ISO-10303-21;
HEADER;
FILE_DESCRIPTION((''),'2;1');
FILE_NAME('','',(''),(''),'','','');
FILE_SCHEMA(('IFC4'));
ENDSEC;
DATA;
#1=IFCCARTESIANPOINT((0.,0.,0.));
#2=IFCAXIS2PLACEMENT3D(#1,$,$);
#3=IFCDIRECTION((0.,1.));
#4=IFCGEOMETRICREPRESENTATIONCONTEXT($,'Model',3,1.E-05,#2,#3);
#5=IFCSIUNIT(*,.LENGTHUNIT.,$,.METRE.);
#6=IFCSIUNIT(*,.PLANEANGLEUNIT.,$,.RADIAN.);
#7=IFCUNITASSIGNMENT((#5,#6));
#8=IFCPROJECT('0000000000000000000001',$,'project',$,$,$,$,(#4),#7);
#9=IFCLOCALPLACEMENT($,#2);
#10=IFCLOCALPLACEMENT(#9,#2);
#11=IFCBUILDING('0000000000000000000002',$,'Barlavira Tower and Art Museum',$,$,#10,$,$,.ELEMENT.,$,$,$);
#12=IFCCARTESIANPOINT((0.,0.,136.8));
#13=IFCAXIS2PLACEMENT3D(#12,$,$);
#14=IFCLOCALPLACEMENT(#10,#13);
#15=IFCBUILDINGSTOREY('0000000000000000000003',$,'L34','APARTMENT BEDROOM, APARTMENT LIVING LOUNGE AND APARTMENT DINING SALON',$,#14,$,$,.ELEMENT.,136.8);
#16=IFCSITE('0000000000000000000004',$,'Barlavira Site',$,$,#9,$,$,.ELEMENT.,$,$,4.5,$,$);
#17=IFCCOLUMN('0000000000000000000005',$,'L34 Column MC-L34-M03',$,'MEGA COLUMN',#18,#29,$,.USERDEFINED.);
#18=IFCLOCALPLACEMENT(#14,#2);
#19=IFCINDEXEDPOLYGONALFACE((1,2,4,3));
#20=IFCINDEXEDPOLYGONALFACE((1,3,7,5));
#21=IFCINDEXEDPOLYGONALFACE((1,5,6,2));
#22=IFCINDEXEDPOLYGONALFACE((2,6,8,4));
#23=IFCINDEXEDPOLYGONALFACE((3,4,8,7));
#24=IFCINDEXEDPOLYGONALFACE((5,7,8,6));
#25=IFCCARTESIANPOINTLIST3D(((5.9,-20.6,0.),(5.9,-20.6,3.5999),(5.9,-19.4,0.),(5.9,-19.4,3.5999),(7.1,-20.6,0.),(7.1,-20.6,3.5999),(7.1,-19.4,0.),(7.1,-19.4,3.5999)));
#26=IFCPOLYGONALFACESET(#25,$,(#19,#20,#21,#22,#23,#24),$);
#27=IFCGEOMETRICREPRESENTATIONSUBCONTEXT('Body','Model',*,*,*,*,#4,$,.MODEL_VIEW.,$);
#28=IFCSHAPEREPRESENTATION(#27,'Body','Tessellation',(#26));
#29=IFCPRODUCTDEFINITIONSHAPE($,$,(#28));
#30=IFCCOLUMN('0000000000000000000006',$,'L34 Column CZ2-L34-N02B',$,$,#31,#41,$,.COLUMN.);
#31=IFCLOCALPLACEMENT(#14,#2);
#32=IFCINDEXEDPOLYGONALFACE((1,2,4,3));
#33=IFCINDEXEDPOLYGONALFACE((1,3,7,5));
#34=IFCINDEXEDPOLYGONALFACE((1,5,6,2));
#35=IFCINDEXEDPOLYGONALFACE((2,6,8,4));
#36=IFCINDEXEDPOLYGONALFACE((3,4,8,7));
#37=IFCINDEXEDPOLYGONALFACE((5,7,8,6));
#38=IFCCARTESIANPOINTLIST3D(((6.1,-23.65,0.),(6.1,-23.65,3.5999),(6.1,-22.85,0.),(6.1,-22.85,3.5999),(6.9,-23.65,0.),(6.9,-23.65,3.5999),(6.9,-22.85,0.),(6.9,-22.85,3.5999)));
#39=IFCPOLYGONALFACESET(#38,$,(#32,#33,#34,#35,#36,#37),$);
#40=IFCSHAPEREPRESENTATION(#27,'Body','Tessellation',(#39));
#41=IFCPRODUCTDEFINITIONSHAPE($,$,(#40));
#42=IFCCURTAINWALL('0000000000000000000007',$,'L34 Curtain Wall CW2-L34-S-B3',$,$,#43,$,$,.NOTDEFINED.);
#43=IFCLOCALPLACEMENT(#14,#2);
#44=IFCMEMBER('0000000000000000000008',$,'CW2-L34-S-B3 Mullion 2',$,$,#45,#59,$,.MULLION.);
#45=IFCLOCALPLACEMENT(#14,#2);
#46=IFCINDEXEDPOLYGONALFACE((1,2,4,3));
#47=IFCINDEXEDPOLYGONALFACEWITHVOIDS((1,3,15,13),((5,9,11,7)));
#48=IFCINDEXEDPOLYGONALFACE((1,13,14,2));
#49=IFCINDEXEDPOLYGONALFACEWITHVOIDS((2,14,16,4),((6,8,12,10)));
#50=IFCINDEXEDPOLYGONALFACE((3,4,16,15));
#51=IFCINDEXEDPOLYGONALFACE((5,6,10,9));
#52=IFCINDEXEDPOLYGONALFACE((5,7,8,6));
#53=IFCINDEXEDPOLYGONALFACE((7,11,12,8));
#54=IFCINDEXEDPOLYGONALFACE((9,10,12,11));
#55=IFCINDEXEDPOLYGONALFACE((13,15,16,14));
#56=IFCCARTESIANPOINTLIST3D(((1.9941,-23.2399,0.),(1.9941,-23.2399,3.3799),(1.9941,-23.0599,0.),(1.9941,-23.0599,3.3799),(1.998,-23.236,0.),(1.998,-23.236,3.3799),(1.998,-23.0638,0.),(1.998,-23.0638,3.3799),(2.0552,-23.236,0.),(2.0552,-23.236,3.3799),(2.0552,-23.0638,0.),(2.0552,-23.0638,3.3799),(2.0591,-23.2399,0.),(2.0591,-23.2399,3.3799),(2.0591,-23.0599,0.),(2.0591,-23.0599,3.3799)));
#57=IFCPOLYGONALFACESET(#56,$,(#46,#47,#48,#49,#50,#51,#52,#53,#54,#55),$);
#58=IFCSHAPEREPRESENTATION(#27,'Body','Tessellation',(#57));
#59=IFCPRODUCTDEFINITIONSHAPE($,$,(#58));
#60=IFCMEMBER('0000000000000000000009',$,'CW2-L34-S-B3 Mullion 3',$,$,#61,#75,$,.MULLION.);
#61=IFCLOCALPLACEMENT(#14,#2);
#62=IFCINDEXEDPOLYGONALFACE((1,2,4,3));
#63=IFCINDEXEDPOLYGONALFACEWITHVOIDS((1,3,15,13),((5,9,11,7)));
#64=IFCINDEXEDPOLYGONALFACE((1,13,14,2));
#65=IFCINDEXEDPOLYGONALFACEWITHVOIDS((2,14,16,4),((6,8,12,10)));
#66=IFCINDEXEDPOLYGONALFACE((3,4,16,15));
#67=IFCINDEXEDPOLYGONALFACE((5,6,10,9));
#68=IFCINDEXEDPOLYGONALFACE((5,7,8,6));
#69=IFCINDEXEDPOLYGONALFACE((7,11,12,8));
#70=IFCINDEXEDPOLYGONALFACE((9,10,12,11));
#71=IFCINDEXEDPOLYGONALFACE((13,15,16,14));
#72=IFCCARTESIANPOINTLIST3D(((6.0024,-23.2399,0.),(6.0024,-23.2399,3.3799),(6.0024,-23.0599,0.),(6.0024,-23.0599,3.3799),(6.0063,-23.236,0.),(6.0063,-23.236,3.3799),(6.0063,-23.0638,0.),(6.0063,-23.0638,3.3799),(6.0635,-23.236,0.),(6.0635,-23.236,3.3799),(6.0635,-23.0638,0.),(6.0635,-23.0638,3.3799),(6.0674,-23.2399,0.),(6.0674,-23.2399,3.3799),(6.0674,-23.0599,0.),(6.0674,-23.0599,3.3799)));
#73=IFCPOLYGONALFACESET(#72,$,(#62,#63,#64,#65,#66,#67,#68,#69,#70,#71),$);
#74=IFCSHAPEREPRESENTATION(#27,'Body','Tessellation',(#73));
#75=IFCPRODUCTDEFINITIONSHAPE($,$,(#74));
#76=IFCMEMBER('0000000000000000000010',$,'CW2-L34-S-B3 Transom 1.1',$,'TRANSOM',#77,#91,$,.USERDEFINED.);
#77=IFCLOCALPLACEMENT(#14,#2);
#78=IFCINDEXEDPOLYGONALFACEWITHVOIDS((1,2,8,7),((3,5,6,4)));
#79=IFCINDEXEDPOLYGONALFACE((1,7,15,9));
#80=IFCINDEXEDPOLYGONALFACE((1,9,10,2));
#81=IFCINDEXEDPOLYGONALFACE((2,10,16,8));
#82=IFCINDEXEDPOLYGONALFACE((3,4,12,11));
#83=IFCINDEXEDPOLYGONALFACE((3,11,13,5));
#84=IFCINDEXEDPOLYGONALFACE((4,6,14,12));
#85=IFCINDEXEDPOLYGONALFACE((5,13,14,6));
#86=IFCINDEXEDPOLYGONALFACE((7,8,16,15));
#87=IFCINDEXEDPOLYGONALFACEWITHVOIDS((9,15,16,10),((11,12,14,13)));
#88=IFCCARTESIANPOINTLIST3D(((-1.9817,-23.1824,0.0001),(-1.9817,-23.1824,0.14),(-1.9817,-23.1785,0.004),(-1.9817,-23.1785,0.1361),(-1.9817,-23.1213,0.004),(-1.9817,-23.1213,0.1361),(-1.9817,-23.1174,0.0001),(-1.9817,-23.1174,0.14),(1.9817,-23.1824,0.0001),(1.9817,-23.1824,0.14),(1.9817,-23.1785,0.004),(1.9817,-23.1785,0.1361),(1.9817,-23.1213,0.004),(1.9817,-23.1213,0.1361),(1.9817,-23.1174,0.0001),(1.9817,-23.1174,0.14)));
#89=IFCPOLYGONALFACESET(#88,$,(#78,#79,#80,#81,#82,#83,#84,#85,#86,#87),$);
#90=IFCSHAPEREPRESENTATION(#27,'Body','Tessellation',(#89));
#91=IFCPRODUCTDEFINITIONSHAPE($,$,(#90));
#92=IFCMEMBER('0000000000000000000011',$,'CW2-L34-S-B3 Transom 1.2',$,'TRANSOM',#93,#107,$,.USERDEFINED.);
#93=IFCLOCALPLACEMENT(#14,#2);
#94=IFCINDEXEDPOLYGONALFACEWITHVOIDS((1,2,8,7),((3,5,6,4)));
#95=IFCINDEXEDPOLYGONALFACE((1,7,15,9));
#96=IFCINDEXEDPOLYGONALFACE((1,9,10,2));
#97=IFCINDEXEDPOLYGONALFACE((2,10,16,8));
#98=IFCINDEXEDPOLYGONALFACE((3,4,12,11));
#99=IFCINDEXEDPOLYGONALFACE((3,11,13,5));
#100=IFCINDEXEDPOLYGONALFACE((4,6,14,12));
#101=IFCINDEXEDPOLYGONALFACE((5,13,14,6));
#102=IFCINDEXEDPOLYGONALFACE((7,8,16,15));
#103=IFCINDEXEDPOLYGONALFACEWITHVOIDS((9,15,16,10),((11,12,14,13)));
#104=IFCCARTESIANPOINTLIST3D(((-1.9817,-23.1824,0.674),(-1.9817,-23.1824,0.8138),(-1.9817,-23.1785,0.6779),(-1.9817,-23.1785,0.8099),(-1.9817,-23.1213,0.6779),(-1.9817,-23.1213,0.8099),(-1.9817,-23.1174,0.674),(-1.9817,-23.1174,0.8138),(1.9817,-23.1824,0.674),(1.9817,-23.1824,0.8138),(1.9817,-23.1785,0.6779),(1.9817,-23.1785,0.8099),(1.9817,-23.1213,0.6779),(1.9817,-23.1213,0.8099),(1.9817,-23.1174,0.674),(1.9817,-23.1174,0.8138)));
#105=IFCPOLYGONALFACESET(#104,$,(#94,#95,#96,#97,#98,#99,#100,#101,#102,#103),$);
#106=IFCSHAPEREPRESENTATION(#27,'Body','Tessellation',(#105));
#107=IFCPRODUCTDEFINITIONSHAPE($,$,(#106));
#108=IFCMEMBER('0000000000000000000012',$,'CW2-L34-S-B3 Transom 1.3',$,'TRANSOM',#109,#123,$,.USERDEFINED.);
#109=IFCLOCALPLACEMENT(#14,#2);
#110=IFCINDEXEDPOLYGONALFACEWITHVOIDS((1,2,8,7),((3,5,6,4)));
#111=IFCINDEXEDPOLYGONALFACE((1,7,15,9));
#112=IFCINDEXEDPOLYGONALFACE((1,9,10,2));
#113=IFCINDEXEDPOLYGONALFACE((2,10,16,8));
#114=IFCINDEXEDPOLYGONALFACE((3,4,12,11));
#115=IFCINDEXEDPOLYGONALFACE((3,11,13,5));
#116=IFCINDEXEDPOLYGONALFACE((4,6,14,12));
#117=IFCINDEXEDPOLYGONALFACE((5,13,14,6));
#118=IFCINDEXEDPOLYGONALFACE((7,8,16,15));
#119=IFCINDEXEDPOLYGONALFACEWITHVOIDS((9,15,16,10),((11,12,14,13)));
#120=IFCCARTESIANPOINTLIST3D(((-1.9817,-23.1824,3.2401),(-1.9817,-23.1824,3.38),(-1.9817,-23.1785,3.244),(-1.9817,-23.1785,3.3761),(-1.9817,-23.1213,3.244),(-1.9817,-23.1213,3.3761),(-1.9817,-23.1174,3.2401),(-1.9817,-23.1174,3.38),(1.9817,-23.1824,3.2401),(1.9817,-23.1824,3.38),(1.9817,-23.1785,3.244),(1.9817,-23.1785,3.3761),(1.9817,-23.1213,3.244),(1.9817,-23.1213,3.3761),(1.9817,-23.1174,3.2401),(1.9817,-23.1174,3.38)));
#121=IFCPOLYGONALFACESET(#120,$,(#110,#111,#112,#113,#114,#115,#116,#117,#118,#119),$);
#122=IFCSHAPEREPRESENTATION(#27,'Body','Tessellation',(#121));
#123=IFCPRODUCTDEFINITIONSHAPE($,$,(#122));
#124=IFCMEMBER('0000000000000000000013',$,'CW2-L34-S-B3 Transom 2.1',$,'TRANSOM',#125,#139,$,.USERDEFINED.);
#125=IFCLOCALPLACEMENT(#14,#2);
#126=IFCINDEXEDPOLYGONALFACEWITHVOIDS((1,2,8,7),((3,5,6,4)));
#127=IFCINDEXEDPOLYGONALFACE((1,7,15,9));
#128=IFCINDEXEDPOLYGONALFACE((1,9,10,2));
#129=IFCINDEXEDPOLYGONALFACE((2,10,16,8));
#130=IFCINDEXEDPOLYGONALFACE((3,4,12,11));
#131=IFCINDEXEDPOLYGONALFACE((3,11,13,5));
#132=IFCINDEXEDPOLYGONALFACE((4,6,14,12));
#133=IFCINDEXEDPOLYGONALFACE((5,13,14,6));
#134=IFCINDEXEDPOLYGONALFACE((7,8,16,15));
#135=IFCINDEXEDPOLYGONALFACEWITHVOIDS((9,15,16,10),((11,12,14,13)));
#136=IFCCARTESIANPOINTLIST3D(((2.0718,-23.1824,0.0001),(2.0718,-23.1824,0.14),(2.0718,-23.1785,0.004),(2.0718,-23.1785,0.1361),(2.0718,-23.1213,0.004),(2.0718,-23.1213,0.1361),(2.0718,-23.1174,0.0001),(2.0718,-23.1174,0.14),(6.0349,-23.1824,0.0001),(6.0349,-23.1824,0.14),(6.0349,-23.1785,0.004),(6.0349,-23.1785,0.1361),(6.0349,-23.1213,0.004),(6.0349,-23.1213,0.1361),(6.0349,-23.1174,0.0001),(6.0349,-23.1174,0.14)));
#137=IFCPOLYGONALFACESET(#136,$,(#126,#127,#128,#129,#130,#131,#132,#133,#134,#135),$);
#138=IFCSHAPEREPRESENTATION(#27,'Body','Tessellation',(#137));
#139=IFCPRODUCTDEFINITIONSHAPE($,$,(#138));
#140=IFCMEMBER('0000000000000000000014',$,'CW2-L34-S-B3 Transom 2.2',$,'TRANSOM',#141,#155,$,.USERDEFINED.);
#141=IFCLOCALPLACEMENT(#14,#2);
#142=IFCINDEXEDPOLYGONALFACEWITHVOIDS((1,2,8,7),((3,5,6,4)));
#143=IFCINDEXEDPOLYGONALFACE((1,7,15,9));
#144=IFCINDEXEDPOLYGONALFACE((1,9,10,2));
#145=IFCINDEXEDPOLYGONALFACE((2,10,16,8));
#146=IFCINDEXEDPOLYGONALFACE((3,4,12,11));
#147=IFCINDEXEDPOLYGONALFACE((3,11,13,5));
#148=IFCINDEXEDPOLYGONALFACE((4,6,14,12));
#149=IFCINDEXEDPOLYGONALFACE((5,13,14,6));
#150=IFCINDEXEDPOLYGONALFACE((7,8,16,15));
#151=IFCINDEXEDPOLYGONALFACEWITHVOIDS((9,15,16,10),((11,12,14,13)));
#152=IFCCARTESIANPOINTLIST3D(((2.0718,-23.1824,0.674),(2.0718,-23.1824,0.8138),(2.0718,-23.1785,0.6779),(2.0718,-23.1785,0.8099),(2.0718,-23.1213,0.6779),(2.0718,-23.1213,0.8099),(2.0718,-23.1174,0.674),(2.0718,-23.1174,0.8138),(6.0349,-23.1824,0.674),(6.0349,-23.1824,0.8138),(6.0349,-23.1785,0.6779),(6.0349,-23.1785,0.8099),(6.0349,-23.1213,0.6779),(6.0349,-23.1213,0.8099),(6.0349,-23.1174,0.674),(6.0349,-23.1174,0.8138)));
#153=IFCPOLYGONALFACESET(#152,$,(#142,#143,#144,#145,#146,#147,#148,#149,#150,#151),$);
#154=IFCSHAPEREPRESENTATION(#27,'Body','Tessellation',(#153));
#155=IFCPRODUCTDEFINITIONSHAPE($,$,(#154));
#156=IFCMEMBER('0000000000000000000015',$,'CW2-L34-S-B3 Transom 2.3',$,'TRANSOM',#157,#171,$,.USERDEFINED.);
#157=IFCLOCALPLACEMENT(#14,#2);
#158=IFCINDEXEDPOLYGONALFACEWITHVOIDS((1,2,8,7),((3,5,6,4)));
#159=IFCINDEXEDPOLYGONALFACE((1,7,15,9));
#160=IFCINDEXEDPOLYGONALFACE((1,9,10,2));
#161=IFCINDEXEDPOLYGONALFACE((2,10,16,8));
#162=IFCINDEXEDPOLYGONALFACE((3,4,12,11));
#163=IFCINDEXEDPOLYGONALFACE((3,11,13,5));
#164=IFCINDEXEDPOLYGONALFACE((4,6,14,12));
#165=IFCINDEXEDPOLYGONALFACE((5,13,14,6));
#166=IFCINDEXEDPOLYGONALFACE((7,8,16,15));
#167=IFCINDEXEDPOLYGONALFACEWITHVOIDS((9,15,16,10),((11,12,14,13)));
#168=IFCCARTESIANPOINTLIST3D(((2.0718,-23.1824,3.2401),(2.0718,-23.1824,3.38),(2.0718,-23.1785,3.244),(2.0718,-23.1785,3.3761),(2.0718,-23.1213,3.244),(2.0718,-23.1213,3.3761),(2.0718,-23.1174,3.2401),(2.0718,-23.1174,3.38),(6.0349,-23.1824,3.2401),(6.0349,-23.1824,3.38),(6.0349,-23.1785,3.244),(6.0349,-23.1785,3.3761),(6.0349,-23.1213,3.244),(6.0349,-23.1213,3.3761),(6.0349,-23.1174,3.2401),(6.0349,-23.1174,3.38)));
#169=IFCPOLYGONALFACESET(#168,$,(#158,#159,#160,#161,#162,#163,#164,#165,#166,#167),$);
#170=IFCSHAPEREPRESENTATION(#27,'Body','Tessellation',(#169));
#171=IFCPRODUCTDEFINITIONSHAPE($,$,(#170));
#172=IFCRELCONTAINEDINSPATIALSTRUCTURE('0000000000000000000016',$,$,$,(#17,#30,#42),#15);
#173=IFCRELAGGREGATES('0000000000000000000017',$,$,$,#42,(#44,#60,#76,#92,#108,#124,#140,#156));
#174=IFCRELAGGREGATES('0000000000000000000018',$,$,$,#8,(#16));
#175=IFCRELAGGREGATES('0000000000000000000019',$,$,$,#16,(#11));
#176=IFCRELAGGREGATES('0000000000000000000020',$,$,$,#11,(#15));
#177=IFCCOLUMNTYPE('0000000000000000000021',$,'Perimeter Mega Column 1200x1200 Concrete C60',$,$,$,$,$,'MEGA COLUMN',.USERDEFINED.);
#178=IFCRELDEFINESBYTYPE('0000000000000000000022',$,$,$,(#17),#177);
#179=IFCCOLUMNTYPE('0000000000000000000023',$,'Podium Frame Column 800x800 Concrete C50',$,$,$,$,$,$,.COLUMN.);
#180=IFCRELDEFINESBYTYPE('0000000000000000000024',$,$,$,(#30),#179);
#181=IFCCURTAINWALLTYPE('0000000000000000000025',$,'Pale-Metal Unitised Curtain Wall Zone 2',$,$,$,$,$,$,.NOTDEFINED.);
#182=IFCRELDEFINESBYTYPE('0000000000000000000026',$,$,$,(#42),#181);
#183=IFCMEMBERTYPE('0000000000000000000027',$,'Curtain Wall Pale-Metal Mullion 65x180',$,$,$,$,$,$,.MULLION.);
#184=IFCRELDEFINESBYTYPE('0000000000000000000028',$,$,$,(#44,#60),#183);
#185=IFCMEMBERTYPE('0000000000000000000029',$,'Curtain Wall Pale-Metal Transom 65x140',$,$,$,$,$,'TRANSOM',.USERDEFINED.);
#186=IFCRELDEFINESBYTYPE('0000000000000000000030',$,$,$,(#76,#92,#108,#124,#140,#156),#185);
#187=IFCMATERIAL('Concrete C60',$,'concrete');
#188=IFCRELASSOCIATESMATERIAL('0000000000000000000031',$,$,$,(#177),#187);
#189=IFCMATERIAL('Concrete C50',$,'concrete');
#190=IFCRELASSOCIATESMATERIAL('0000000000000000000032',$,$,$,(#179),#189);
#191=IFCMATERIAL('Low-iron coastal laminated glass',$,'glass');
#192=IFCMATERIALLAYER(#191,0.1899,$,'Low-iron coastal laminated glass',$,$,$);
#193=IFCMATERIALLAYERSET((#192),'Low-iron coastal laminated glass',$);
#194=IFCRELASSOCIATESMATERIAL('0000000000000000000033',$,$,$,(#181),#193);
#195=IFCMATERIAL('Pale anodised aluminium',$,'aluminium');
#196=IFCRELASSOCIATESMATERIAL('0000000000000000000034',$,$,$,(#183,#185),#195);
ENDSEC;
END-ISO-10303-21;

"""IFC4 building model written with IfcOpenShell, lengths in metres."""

from ifc_helpers import new_model, si_unit, direction, frame, origin, origin_2d, place, context, subcontext, project, spatial, rectangle, hollow_rectangle, extrude, material, layer, layer_set, material_profile, profile_set, type_object, element, aggregate, save


model = new_model("IFC4")

# Units and contexts
model_context = context("Model", 3, precision=1e-05, world=origin(), true_north=direction((0.0, 1.0)))
body_context = subcontext(model_context, "Body", "Model", "MODEL_VIEW")
ifc_project = project(units=[si_unit("LENGTHUNIT", "METRE"), si_unit("PLANEANGLEUNIT", "RADIAN")], contexts=[model_context])

# Site, building, storey
site_placement = place(None, origin())
site = spatial("IfcSite", under=ifc_project, at=site_placement, Name="Barlavira Site", CompositionType="ELEMENT", RefElevation=4.5)
building_placement = place(site_placement, origin())
building = spatial("IfcBuilding", under=site, at=building_placement, Name="Barlavira Tower and Art Museum", CompositionType="ELEMENT")
storey_placement = place(building_placement, frame((0.0, 0.0, 136.8)))
storey = spatial("IfcBuildingStorey", under=building, at=storey_placement, Name="L34", Description="APARTMENT BEDROOM, APARTMENT LIVING LOUNGE AND APARTMENT DINING SALON", CompositionType="ELEMENT", Elevation=136.8)

# Columns
ifc_material_1 = material(Name="Concrete C60", Category="concrete")
ifc_material_profile_1 = material_profile(ifc_material_1, rectangle(XDim=1.2, YDim=1.2, at=origin_2d()), Name="RC-COL 1200x1200")
ifc_profile_set_1 = profile_set([ifc_material_profile_1], Name="Concrete C60")
column_type_1 = type_object("IfcColumnType", Name="Perimeter Mega Column 1200x1200 Concrete C60", ElementType="MEGA COLUMN", PredefinedType="USERDEFINED", material=ifc_profile_set_1)
column_1_placement = place(storey_placement, frame((6.5, -20.0, 0.0), z_axis=(0.0, 0.0, 1.0), x_axis=(1.0, 0.0, 0.0)))
element("IfcColumn", 1, at=column_1_placement, inside=storey, type_object=column_type_1, Name="L34 Column MC-L34-M03", ObjectType="MEGA COLUMN", PredefinedType="USERDEFINED", context=body_context, shape_type="SweptSolid", body=[
    extrude(rectangle(XDim=1.2, YDim=1.2, at=origin_2d()), origin(), (0.0, 0.0, 1.0), 3.5999),
])
ifc_material_2 = material(Name="Concrete C50", Category="concrete")
ifc_material_profile_2 = material_profile(ifc_material_2, rectangle(XDim=0.8, YDim=0.8, at=origin_2d()), Name="RC-COL 800x800")
ifc_profile_set_2 = profile_set([ifc_material_profile_2], Name="Concrete C50")
column_type_2 = type_object("IfcColumnType", Name="Podium Frame Column 800x800 Concrete C50", PredefinedType="COLUMN", material=ifc_profile_set_2)
column_2_placement = place(storey_placement, frame((6.5, -23.25, 0.0), z_axis=(0.0, 0.0, 1.0), x_axis=(1.0, 0.0, 0.0)))
element("IfcColumn", 2, at=column_2_placement, inside=storey, type_object=column_type_2, Name="L34 Column CZ2-L34-N02B", PredefinedType="COLUMN", context=body_context, shape_type="SweptSolid", body=[
    extrude(rectangle(XDim=0.8, YDim=0.8, at=origin_2d()), origin(), (0.0, 0.0, 1.0), 3.5999),
])

# Curtain wall, members
ifc_material_3 = material(Name="Low-iron coastal laminated glass", Category="glass")
ifc_layer_1 = layer(ifc_material_3, 0.1899, Name="Low-iron coastal laminated glass")
ifc_layer_set_1 = layer_set([ifc_layer_1], Name="Low-iron coastal laminated glass")
curtain_wall_type = type_object("IfcCurtainWallType", Name="Pale-Metal Unitised Curtain Wall Zone 2", PredefinedType="NOTDEFINED", material=ifc_layer_set_1)
curtain_wall_placement = place(storey_placement, origin())
curtain_wall = element("IfcCurtainWall", 3, at=curtain_wall_placement, inside=storey, type_object=curtain_wall_type, Name="L34 Curtain Wall CW2-L34-S-B3", PredefinedType="NOTDEFINED")
ifc_material_4 = material(Name="Pale anodised aluminium", Category="aluminium")
ifc_material_profile_3 = material_profile(ifc_material_4, hollow_rectangle(XDim=0.0649, YDim=0.1799, WallThickness=0.0039, at=origin_2d()), Name="ALU-MULL 65x180x4")
ifc_profile_set_3 = profile_set([ifc_material_profile_3], Name="Pale anodised aluminium")
member_type_1 = type_object("IfcMemberType", Name="Curtain Wall Pale-Metal Mullion 65x180", PredefinedType="MULLION", material=ifc_profile_set_3)
member_1_placement = place(storey_placement, frame((2.0266, -23.1499, 0.0), z_axis=(0.0, 0.0, 1.0), x_axis=(1.0, 0.0, 0.0)))
member_1 = element("IfcMember", 4, at=member_1_placement, type_object=member_type_1, Name="CW2-L34-S-B3 Mullion 2", PredefinedType="MULLION", context=body_context, shape_type="SweptSolid", body=[
    extrude(hollow_rectangle(XDim=0.0649, YDim=0.1799, WallThickness=0.0039, at=origin_2d()), origin(), (0.0, 0.0, 1.0), 3.3799),
])
member_2_placement = place(storey_placement, frame((6.0349, -23.1499, 0.0), z_axis=(0.0, 0.0, 1.0), x_axis=(1.0, 0.0, 0.0)))
member_2 = element("IfcMember", 5, at=member_2_placement, type_object=member_type_1, Name="CW2-L34-S-B3 Mullion 3", PredefinedType="MULLION", context=body_context, shape_type="SweptSolid", body=[
    extrude(hollow_rectangle(XDim=0.0649, YDim=0.1799, WallThickness=0.0039, at=origin_2d()), origin(), (0.0, 0.0, 1.0), 3.3799),
])
ifc_material_profile_4 = material_profile(ifc_material_4, hollow_rectangle(XDim=0.0649, YDim=0.1399, WallThickness=0.0039, at=origin_2d()), Name="ALU-TRAN 65x140x4")
ifc_profile_set_4 = profile_set([ifc_material_profile_4], Name="Pale anodised aluminium")
member_type_2 = type_object("IfcMemberType", Name="Curtain Wall Pale-Metal Transom 65x140", ElementType="TRANSOM", PredefinedType="USERDEFINED", material=ifc_profile_set_4)
member_3_placement = place(storey_placement, frame((-1.9817, -23.1499, 0.0701), z_axis=(1.0, 0.0, 0.0), x_axis=(0.0, 1.0, 0.0)))
member_3 = element("IfcMember", 6, at=member_3_placement, type_object=member_type_2, Name="CW2-L34-S-B3 Transom 1.1", ObjectType="TRANSOM", PredefinedType="USERDEFINED", context=body_context, shape_type="SweptSolid", body=[
    extrude(hollow_rectangle(XDim=0.0649, YDim=0.1399, WallThickness=0.0039, at=origin_2d()), origin(), (0.0, 0.0, 1.0), 3.9634),
])
member_4_placement = place(storey_placement, frame((-1.9817, -23.1499, 0.7439), z_axis=(1.0, 0.0, 0.0), x_axis=(0.0, 1.0, 0.0)))
member_4 = element("IfcMember", 7, at=member_4_placement, type_object=member_type_2, Name="CW2-L34-S-B3 Transom 1.2", ObjectType="TRANSOM", PredefinedType="USERDEFINED", context=body_context, shape_type="SweptSolid", body=[
    extrude(hollow_rectangle(XDim=0.0649, YDim=0.1399, WallThickness=0.0039, at=origin_2d()), origin(), (0.0, 0.0, 1.0), 3.9634),
])
member_5_placement = place(storey_placement, frame((-1.9817, -23.1499, 3.3101), z_axis=(1.0, 0.0, 0.0), x_axis=(0.0, 1.0, 0.0)))
member_5 = element("IfcMember", 8, at=member_5_placement, type_object=member_type_2, Name="CW2-L34-S-B3 Transom 1.3", ObjectType="TRANSOM", PredefinedType="USERDEFINED", context=body_context, shape_type="SweptSolid", body=[
    extrude(hollow_rectangle(XDim=0.0649, YDim=0.1399, WallThickness=0.0039, at=origin_2d()), origin(), (0.0, 0.0, 1.0), 3.9634),
])
member_6_placement = place(storey_placement, frame((2.0718, -23.1499, 0.0701), z_axis=(1.0, 0.0, 0.0), x_axis=(0.0, 1.0, 0.0)))
member_6 = element("IfcMember", 9, at=member_6_placement, type_object=member_type_2, Name="CW2-L34-S-B3 Transom 2.1", ObjectType="TRANSOM", PredefinedType="USERDEFINED", context=body_context, shape_type="SweptSolid", body=[
    extrude(hollow_rectangle(XDim=0.0649, YDim=0.1399, WallThickness=0.0039, at=origin_2d()), origin(), (0.0, 0.0, 1.0), 3.9631),
])
member_7_placement = place(storey_placement, frame((2.0718, -23.1499, 0.7439), z_axis=(1.0, 0.0, 0.0), x_axis=(0.0, 1.0, 0.0)))
member_7 = element("IfcMember", 10, at=member_7_placement, type_object=member_type_2, Name="CW2-L34-S-B3 Transom 2.2", ObjectType="TRANSOM", PredefinedType="USERDEFINED", context=body_context, shape_type="SweptSolid", body=[
    extrude(hollow_rectangle(XDim=0.0649, YDim=0.1399, WallThickness=0.0039, at=origin_2d()), origin(), (0.0, 0.0, 1.0), 3.9631),
])
member_8_placement = place(storey_placement, frame((2.0718, -23.1499, 3.3101), z_axis=(1.0, 0.0, 0.0), x_axis=(0.0, 1.0, 0.0)))
member_8 = element("IfcMember", 11, at=member_8_placement, type_object=member_type_2, Name="CW2-L34-S-B3 Transom 2.3", ObjectType="TRANSOM", PredefinedType="USERDEFINED", context=body_context, shape_type="SweptSolid", body=[
    extrude(hollow_rectangle(XDim=0.0649, YDim=0.1399, WallThickness=0.0039, at=origin_2d()), origin(), (0.0, 0.0, 1.0), 3.9631),
])

aggregate(curtain_wall, [member_1, member_2, member_3, member_4, member_5, member_6, member_7, member_8])

save(model, "model.ifc")
